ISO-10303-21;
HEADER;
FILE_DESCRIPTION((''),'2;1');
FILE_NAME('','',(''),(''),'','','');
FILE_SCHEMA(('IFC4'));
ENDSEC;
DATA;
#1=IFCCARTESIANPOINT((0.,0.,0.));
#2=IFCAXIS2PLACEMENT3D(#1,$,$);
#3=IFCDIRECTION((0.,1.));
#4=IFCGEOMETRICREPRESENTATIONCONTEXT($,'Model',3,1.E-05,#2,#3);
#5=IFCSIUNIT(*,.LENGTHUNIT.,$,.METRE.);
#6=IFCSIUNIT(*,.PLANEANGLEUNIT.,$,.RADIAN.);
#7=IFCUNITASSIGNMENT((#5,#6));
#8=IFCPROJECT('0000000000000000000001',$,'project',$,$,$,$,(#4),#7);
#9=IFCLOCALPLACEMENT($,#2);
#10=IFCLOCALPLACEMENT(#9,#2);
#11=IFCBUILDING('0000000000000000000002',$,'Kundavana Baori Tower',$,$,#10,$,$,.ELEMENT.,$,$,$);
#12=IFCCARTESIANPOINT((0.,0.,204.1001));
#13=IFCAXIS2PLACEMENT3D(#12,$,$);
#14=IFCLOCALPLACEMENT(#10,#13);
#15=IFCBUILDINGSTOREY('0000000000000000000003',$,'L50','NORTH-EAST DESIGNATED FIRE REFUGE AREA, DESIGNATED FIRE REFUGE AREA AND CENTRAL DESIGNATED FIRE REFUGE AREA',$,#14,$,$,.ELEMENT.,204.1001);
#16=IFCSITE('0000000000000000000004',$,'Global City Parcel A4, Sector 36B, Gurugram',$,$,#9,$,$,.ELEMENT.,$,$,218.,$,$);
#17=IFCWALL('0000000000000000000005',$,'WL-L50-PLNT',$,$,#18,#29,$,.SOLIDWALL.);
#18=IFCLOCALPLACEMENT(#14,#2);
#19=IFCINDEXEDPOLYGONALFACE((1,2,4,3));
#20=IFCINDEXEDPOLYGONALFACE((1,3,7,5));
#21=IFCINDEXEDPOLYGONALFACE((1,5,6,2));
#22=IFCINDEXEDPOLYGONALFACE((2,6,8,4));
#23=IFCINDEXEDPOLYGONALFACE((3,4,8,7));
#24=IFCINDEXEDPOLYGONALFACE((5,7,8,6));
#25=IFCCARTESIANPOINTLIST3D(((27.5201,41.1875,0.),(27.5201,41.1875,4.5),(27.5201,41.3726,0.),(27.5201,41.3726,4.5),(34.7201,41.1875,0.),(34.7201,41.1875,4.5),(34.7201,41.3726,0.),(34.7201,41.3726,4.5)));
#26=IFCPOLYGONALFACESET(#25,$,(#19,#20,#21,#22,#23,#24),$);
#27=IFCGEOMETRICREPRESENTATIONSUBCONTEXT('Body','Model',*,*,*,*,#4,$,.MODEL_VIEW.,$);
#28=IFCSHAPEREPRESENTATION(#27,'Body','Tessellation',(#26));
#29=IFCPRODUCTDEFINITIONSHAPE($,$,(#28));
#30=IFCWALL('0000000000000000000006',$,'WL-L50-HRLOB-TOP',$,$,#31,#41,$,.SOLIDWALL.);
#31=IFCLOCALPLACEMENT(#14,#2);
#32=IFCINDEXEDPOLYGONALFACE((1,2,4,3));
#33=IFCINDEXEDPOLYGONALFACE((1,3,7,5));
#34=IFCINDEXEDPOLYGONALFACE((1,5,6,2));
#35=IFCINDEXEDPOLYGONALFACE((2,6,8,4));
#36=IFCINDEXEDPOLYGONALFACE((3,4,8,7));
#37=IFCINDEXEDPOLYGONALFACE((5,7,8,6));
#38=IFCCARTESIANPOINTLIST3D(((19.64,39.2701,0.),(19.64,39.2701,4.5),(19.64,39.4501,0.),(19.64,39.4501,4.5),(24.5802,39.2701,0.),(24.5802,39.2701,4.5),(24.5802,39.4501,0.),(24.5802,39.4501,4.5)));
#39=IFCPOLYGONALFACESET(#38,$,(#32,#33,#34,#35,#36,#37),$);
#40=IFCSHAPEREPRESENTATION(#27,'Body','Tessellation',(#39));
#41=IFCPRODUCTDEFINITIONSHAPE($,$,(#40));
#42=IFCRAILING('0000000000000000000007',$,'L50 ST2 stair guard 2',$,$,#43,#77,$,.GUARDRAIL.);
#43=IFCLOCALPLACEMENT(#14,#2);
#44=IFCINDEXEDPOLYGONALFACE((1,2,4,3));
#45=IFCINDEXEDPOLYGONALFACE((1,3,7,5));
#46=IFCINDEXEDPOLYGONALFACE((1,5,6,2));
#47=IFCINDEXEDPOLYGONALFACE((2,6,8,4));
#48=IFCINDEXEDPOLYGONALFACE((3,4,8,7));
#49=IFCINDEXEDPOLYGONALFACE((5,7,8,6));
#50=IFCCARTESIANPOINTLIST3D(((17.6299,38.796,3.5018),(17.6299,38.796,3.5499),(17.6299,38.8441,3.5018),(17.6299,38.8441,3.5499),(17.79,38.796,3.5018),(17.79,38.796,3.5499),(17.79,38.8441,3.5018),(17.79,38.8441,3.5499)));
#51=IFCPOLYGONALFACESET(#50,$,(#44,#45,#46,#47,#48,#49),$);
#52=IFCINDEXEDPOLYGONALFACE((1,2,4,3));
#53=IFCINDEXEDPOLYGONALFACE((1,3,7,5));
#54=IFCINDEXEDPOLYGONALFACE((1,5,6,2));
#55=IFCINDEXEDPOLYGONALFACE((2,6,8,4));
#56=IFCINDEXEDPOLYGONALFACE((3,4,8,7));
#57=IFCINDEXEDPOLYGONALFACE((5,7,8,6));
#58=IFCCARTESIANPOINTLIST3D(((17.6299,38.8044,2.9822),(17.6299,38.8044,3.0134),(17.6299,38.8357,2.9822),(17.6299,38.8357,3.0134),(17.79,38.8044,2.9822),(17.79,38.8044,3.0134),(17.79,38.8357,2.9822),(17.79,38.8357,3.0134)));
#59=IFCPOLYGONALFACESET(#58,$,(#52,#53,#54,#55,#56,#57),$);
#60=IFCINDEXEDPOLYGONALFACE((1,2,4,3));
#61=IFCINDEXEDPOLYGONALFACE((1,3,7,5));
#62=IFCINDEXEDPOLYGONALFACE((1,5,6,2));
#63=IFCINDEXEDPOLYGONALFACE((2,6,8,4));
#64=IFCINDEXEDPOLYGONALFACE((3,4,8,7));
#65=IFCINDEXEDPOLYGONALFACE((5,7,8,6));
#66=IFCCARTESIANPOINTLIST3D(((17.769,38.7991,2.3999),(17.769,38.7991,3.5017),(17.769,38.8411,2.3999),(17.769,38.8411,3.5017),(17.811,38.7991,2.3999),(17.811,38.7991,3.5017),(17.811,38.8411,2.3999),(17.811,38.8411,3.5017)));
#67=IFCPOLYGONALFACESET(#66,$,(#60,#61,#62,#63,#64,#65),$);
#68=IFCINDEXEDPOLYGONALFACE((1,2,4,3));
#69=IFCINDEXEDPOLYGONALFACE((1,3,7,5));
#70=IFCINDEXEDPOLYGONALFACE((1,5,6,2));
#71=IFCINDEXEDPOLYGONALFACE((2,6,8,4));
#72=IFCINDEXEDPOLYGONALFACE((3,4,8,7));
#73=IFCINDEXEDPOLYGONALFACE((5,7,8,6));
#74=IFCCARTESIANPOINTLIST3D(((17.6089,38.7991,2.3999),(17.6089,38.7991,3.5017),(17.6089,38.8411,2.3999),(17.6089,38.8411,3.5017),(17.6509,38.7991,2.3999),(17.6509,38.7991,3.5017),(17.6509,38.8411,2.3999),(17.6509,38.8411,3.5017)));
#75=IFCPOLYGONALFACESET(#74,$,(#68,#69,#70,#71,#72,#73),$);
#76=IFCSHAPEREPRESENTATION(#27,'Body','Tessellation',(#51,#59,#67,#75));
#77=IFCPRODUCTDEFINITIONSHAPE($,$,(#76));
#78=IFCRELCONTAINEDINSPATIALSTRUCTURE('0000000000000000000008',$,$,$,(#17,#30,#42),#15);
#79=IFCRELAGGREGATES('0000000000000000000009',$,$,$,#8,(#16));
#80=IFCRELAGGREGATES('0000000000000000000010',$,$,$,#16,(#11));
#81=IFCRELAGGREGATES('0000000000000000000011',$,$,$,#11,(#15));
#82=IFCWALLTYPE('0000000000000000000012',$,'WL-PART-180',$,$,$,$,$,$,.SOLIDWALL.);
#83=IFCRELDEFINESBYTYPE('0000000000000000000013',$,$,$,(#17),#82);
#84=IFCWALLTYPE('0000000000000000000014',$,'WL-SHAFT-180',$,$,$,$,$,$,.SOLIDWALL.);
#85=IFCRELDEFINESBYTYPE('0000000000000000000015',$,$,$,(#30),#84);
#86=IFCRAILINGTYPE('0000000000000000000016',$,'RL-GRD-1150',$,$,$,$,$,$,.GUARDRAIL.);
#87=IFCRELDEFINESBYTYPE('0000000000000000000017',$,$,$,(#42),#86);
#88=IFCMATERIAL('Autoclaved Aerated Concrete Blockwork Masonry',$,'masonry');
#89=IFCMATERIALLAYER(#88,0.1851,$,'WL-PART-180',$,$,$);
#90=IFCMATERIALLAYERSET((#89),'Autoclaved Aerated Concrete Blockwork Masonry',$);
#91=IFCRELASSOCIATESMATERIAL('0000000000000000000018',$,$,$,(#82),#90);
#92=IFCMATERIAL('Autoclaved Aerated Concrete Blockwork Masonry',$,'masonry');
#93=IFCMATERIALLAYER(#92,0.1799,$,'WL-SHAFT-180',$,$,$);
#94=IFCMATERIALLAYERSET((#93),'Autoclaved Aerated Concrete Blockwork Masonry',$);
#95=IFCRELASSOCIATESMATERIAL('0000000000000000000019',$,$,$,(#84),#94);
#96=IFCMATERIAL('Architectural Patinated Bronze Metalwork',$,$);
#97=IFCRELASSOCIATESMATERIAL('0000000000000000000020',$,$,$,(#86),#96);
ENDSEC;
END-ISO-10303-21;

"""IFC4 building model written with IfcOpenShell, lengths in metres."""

from ifc_helpers import new_model, si_unit, direction, frame, frame_2d, origin, origin_2d, place, context, subcontext, project, spatial, rectangle, extrude, material, layer, layer_set, type_object, element, save


model = new_model("IFC4")

# Units and contexts
model_context = context("Model", 3, precision=1e-05, world=origin(), true_north=direction((0.0, 1.0)))
body_context = subcontext(model_context, "Body", "Model", "MODEL_VIEW")
ifc_project = project(units=[si_unit("LENGTHUNIT", "METRE"), si_unit("PLANEANGLEUNIT", "RADIAN")], contexts=[model_context])

# Site, building, storey
site_placement = place(None, origin())
site = spatial("IfcSite", under=ifc_project, at=site_placement, Name="Global City Parcel A4, Sector 36B, Gurugram", CompositionType="ELEMENT", RefElevation=218.0)
building_placement = place(site_placement, origin())
building = spatial("IfcBuilding", under=site, at=building_placement, Name="Kundavana Baori Tower", CompositionType="ELEMENT")
storey_placement = place(building_placement, frame((0.0, 0.0, 204.1001)))
storey = spatial("IfcBuildingStorey", under=building, at=storey_placement, Name="L50", Description="NORTH-EAST DESIGNATED FIRE REFUGE AREA, DESIGNATED FIRE REFUGE AREA AND CENTRAL DESIGNATED FIRE REFUGE AREA", CompositionType="ELEMENT", Elevation=204.1001)

# Walls
ifc_material_1 = material(Name="Autoclaved Aerated Concrete Blockwork Masonry", Category="masonry")
ifc_layer_1 = layer(ifc_material_1, 0.1851, Name="WL-PART-180")
ifc_layer_set_1 = layer_set([ifc_layer_1], Name="Autoclaved Aerated Concrete Blockwork Masonry")
wall_type_1 = type_object("IfcWallType", Name="WL-PART-180", PredefinedType="SOLIDWALL", material=ifc_layer_set_1)
wall_1_placement = place(storey_placement, frame((27.52, 41.28, 0.0), z_axis=(0.0, 0.0, 1.0), x_axis=(1.0, 0.0, 0.0)))
element("IfcWall", 1, at=wall_1_placement, inside=storey, type_object=wall_type_1, Name="WL-L50-PLNT", PredefinedType="SOLIDWALL", context=body_context, shape_type="SweptSolid", body=[
    extrude(rectangle(XDim=7.2, YDim=0.1851, at=frame_2d((3.6001, 0.0))), origin(), (0.0, 0.0, 1.0), 4.5),
])
ifc_material_2 = material(Name="Autoclaved Aerated Concrete Blockwork Masonry", Category="masonry")
ifc_layer_2 = layer(ifc_material_2, 0.1799, Name="WL-SHAFT-180")
ifc_layer_set_2 = layer_set([ifc_layer_2], Name="Autoclaved Aerated Concrete Blockwork Masonry")
wall_type_2 = type_object("IfcWallType", Name="WL-SHAFT-180", PredefinedType="SOLIDWALL", material=ifc_layer_set_2)
wall_2_placement = place(storey_placement, frame((19.6399, 39.3601, 0.0), z_axis=(0.0, 0.0, 1.0), x_axis=(1.0, 0.0, 0.0)))
element("IfcWall", 2, at=wall_2_placement, inside=storey, type_object=wall_type_2, Name="WL-L50-HRLOB-TOP", PredefinedType="SOLIDWALL", context=body_context, shape_type="SweptSolid", body=[
    extrude(rectangle(XDim=4.9402, YDim=0.1799, at=frame_2d((2.4702, 0.0))), origin(), (0.0, 0.0, 1.0), 4.5),
])

# Railing
ifc_material_3 = material(Name="Architectural Patinated Bronze Metalwork")
railing_type = type_object("IfcRailingType", Name="RL-GRD-1150", PredefinedType="GUARDRAIL", material=ifc_material_3)
railing_placement = place(storey_placement, frame((17.79, 38.8201, 2.3999)))
element("IfcRailing", 3, at=railing_placement, inside=storey, type_object=railing_type, Name="L50 ST2 stair guard 2", PredefinedType="GUARDRAIL", context=body_context, shape_type="SweptSolid", body=[
    extrude(rectangle(XDim=0.0481, YDim=0.0481, at=origin_2d()), frame((0.0, 0.0, 1.126), z_axis=(-1.0, 0.0, 0.0), x_axis=(0.0, -1.0, 0.0)), (0.0, 0.0, 1.0), 0.1602),
    extrude(rectangle(XDim=0.0312, YDim=0.0312, at=origin_2d()), frame((0.0, 0.0, 0.5979), z_axis=(-1.0, 0.0, 0.0), x_axis=(0.0, -1.0, 0.0)), (0.0, 0.0, 1.0), 0.1602),
    extrude(rectangle(XDim=0.042, YDim=0.042, at=origin_2d()), origin(), (0.0, 0.0, 1.0), 1.1018),
    extrude(rectangle(XDim=0.042, YDim=0.042, at=origin_2d()), frame((-0.1602, 0.0, 0.0)), (0.0, 0.0, 1.0), 1.1018),
])

save(model, "model.ifc")
